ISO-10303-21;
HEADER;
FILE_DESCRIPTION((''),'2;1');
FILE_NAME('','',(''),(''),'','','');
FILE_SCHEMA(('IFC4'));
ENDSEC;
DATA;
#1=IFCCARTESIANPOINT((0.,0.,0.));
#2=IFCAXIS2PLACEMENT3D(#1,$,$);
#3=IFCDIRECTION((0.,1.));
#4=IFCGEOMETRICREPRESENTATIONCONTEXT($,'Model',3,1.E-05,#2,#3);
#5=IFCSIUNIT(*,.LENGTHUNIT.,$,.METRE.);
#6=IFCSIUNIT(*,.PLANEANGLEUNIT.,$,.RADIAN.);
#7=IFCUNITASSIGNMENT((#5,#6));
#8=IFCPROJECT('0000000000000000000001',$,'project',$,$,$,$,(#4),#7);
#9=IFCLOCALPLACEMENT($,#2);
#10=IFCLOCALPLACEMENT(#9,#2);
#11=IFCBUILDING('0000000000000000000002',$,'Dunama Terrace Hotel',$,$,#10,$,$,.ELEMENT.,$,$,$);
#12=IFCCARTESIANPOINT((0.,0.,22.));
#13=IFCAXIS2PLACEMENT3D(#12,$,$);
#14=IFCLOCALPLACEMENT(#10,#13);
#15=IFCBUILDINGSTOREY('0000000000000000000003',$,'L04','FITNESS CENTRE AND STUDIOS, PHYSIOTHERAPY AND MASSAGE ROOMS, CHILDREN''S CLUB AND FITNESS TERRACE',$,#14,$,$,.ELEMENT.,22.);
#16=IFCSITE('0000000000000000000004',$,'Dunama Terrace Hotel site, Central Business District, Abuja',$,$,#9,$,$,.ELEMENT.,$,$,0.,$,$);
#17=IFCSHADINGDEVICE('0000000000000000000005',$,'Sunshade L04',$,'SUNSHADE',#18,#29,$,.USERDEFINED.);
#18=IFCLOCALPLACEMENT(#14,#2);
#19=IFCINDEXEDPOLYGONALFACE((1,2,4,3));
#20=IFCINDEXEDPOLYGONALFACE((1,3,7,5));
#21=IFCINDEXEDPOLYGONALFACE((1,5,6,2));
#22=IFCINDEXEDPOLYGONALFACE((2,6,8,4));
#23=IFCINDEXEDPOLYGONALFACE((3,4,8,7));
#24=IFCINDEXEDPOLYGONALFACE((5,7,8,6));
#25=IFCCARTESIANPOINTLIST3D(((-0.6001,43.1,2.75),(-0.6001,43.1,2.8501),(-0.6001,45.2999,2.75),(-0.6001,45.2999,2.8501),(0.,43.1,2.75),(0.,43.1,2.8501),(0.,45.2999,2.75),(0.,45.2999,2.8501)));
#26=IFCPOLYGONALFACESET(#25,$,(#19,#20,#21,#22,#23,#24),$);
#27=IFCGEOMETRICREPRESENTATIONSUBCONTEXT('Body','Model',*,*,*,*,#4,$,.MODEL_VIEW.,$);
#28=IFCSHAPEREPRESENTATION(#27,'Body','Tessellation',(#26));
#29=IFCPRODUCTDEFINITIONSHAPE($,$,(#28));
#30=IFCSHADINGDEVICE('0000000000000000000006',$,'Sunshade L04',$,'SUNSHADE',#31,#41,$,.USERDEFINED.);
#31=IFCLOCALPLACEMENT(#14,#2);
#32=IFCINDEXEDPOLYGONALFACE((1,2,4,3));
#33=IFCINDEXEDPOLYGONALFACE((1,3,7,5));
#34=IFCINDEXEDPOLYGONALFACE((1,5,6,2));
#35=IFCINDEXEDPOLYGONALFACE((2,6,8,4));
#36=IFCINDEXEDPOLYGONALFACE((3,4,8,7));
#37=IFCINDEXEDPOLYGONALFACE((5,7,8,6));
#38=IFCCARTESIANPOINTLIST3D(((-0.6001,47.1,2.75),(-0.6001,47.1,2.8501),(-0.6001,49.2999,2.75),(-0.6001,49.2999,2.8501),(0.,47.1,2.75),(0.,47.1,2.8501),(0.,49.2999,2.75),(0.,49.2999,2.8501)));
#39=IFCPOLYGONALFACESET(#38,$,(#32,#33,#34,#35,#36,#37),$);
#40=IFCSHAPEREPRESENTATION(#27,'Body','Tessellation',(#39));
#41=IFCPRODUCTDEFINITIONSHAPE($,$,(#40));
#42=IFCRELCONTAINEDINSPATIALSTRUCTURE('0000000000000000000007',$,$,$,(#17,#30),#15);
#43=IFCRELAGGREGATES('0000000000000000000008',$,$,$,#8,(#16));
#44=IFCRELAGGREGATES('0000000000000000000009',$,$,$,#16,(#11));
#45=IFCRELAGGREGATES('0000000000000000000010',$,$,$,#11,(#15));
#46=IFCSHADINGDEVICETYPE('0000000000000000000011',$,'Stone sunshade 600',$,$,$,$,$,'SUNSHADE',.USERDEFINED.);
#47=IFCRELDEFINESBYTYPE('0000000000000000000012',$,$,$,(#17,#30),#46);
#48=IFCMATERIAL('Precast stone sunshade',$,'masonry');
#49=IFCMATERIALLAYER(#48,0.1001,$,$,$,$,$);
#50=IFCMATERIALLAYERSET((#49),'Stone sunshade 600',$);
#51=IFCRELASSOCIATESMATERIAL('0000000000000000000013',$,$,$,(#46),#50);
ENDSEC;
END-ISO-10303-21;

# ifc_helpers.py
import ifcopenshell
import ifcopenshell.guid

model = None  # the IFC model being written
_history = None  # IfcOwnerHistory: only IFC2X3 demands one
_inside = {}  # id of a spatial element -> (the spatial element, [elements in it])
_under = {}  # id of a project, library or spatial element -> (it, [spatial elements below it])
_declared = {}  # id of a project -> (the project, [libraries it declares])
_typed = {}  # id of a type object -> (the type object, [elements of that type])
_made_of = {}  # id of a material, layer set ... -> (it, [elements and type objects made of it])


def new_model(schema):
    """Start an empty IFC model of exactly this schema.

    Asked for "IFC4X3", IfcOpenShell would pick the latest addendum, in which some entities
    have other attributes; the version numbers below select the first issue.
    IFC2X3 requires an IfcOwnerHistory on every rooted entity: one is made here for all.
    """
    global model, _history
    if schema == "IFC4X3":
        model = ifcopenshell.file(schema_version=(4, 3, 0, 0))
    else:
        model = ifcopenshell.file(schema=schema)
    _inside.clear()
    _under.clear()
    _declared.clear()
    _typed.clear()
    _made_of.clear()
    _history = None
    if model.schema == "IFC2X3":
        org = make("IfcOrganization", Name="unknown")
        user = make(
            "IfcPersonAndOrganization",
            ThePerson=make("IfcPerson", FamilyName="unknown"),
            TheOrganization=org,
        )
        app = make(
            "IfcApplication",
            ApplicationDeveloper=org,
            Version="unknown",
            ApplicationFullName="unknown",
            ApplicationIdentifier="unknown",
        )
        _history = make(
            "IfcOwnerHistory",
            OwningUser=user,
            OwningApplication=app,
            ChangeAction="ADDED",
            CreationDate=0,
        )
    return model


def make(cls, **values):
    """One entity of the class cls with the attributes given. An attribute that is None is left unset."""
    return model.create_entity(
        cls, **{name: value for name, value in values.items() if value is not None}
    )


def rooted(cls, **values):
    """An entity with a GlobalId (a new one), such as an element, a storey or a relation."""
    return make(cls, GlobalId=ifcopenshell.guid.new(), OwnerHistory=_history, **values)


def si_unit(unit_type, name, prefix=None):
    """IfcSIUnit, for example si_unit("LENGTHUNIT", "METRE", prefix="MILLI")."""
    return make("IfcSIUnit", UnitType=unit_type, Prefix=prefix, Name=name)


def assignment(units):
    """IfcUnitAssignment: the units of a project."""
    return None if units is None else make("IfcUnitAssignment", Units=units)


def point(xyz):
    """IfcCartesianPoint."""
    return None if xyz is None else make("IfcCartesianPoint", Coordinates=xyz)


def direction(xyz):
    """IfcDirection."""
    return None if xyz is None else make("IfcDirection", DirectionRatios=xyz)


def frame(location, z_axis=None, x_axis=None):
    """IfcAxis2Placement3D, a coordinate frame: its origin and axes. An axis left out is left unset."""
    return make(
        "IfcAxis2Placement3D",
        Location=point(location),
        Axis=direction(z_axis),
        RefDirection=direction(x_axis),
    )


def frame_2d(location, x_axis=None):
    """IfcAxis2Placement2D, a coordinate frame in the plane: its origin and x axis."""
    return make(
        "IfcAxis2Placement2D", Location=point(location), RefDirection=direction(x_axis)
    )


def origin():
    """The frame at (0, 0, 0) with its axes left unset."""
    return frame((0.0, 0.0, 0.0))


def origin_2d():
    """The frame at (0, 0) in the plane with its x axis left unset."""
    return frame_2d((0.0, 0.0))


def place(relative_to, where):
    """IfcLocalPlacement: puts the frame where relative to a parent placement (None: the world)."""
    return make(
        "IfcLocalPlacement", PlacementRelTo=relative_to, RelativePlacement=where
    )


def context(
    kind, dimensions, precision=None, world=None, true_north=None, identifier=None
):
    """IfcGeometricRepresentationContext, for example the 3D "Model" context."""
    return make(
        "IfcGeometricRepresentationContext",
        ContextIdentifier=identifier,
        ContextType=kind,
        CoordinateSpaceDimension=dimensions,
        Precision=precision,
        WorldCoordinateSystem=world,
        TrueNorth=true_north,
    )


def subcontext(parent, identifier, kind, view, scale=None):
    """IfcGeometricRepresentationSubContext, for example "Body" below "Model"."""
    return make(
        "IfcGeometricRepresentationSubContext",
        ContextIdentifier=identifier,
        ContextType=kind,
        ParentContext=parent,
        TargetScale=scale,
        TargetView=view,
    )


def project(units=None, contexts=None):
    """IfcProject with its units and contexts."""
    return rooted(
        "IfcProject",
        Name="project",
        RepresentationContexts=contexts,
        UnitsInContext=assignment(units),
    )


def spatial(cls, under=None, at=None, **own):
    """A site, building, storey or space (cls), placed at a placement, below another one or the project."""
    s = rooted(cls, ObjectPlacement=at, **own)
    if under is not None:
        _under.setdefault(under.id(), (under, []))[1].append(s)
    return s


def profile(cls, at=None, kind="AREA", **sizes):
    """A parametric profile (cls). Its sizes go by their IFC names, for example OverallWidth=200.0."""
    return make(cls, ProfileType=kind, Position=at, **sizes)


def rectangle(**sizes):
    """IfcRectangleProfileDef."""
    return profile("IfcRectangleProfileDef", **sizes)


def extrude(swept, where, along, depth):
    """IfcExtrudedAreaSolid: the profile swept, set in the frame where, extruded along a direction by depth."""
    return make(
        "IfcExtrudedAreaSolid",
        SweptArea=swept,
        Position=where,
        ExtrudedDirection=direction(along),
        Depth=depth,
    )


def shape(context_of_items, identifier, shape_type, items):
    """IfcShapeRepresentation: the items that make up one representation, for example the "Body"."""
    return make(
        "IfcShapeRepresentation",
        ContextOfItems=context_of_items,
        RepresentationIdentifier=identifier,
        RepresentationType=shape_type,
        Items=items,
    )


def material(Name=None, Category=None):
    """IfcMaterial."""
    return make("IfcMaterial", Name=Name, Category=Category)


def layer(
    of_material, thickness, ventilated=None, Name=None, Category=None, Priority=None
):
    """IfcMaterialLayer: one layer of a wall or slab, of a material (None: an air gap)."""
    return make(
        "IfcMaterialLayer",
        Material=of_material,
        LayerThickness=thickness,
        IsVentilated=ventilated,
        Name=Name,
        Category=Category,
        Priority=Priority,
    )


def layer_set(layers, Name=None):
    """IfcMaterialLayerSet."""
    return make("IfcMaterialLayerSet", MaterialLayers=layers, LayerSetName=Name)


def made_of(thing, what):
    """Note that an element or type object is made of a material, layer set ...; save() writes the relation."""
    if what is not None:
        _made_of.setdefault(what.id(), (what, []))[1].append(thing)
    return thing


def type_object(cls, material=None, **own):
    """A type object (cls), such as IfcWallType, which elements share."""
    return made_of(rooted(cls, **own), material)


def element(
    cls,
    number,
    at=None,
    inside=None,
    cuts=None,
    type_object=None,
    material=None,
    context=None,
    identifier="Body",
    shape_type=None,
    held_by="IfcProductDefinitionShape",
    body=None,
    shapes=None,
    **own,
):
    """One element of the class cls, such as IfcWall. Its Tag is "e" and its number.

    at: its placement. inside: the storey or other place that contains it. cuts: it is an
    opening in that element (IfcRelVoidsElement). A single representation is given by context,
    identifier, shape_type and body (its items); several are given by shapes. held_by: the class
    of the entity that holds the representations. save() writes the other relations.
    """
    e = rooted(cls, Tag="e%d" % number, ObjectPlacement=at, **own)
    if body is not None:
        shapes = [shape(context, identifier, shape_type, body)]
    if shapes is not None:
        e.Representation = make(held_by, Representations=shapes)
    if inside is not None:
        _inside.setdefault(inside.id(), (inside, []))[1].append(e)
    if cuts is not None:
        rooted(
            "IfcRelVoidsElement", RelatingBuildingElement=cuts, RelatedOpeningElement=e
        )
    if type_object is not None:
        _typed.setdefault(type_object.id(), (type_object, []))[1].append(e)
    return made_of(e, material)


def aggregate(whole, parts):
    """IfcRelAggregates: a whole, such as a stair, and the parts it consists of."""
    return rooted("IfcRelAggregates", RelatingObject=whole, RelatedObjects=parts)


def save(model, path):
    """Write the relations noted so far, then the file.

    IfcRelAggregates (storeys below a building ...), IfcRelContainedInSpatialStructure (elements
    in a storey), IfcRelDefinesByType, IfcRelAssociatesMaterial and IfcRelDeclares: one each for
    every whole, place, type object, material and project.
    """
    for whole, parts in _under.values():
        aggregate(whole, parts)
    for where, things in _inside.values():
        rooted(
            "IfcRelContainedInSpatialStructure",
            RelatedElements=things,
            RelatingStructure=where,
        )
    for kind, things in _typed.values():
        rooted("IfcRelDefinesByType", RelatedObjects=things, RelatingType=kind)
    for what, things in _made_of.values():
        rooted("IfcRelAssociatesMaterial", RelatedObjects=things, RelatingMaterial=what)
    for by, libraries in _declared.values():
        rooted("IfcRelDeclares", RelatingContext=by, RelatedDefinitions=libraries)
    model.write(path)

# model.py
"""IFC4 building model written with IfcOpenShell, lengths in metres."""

from ifc_helpers import new_model, si_unit, direction, frame, origin, origin_2d, place, context, subcontext, project, spatial, rectangle, extrude, material, layer, layer_set, type_object, element, save


model = new_model("IFC4")

# Units and contexts
model_context = context("Model", 3, precision=1e-05, world=origin(), true_north=direction((0.0, 1.0)))
body_context = subcontext(model_context, "Body", "Model", "MODEL_VIEW")
ifc_project = project(units=[si_unit("LENGTHUNIT", "METRE"), si_unit("PLANEANGLEUNIT", "RADIAN")], contexts=[model_context])

# Site, building, storey
site_placement = place(None, origin())
site = spatial("IfcSite", under=ifc_project, at=site_placement, Name="Dunama Terrace Hotel site, Central Business District, Abuja", CompositionType="ELEMENT", RefElevation=0.0)
building_placement = place(site_placement, origin())
building = spatial("IfcBuilding", under=site, at=building_placement, Name="Dunama Terrace Hotel", CompositionType="ELEMENT")
storey_placement = place(building_placement, frame((0.0, 0.0, 22.0)))
storey = spatial("IfcBuildingStorey", under=building, at=storey_placement, Name="L04", Description="FITNESS CENTRE AND STUDIOS, PHYSIOTHERAPY AND MASSAGE ROOMS, CHILDREN'S CLUB AND FITNESS TERRACE", CompositionType="ELEMENT", Elevation=22.0)

# Shading devices
ifc_material_1 = material(Name="Precast stone sunshade", Category="masonry")
ifc_layer_1 = layer(ifc_material_1, 0.1001)
ifc_layer_set_1 = layer_set([ifc_layer_1], Name="Stone sunshade 600")
shading_device_type = type_object("IfcShadingDeviceType", Name="Stone sunshade 600", ElementType="SUNSHADE", PredefinedType="USERDEFINED", material=ifc_layer_set_1)
for number, where, z_axis, x_axis, name in (
    (1, (-0.3, 44.2, 2.75), (0.0, 0.0, 1.0), (0.0, -1.0, 0.0), "Sunshade L04"),
    (2, (-0.3, 48.2, 2.75), (0.0, 0.0, 1.0), (0.0, -1.0, 0.0), "Sunshade L04"),
):
    element("IfcShadingDevice", number, at=place(storey_placement, frame(where, z_axis=z_axis, x_axis=x_axis)), inside=storey, type_object=shading_device_type, Name=name, ObjectType="SUNSHADE", PredefinedType="USERDEFINED", context=body_context, shape_type="SweptSolid", body=[
        extrude(rectangle(XDim=2.2, YDim=0.6001, at=origin_2d()), origin(), (0.0, 0.0, 1.0), 0.1001),
    ])

save(model, "model.ifc")
